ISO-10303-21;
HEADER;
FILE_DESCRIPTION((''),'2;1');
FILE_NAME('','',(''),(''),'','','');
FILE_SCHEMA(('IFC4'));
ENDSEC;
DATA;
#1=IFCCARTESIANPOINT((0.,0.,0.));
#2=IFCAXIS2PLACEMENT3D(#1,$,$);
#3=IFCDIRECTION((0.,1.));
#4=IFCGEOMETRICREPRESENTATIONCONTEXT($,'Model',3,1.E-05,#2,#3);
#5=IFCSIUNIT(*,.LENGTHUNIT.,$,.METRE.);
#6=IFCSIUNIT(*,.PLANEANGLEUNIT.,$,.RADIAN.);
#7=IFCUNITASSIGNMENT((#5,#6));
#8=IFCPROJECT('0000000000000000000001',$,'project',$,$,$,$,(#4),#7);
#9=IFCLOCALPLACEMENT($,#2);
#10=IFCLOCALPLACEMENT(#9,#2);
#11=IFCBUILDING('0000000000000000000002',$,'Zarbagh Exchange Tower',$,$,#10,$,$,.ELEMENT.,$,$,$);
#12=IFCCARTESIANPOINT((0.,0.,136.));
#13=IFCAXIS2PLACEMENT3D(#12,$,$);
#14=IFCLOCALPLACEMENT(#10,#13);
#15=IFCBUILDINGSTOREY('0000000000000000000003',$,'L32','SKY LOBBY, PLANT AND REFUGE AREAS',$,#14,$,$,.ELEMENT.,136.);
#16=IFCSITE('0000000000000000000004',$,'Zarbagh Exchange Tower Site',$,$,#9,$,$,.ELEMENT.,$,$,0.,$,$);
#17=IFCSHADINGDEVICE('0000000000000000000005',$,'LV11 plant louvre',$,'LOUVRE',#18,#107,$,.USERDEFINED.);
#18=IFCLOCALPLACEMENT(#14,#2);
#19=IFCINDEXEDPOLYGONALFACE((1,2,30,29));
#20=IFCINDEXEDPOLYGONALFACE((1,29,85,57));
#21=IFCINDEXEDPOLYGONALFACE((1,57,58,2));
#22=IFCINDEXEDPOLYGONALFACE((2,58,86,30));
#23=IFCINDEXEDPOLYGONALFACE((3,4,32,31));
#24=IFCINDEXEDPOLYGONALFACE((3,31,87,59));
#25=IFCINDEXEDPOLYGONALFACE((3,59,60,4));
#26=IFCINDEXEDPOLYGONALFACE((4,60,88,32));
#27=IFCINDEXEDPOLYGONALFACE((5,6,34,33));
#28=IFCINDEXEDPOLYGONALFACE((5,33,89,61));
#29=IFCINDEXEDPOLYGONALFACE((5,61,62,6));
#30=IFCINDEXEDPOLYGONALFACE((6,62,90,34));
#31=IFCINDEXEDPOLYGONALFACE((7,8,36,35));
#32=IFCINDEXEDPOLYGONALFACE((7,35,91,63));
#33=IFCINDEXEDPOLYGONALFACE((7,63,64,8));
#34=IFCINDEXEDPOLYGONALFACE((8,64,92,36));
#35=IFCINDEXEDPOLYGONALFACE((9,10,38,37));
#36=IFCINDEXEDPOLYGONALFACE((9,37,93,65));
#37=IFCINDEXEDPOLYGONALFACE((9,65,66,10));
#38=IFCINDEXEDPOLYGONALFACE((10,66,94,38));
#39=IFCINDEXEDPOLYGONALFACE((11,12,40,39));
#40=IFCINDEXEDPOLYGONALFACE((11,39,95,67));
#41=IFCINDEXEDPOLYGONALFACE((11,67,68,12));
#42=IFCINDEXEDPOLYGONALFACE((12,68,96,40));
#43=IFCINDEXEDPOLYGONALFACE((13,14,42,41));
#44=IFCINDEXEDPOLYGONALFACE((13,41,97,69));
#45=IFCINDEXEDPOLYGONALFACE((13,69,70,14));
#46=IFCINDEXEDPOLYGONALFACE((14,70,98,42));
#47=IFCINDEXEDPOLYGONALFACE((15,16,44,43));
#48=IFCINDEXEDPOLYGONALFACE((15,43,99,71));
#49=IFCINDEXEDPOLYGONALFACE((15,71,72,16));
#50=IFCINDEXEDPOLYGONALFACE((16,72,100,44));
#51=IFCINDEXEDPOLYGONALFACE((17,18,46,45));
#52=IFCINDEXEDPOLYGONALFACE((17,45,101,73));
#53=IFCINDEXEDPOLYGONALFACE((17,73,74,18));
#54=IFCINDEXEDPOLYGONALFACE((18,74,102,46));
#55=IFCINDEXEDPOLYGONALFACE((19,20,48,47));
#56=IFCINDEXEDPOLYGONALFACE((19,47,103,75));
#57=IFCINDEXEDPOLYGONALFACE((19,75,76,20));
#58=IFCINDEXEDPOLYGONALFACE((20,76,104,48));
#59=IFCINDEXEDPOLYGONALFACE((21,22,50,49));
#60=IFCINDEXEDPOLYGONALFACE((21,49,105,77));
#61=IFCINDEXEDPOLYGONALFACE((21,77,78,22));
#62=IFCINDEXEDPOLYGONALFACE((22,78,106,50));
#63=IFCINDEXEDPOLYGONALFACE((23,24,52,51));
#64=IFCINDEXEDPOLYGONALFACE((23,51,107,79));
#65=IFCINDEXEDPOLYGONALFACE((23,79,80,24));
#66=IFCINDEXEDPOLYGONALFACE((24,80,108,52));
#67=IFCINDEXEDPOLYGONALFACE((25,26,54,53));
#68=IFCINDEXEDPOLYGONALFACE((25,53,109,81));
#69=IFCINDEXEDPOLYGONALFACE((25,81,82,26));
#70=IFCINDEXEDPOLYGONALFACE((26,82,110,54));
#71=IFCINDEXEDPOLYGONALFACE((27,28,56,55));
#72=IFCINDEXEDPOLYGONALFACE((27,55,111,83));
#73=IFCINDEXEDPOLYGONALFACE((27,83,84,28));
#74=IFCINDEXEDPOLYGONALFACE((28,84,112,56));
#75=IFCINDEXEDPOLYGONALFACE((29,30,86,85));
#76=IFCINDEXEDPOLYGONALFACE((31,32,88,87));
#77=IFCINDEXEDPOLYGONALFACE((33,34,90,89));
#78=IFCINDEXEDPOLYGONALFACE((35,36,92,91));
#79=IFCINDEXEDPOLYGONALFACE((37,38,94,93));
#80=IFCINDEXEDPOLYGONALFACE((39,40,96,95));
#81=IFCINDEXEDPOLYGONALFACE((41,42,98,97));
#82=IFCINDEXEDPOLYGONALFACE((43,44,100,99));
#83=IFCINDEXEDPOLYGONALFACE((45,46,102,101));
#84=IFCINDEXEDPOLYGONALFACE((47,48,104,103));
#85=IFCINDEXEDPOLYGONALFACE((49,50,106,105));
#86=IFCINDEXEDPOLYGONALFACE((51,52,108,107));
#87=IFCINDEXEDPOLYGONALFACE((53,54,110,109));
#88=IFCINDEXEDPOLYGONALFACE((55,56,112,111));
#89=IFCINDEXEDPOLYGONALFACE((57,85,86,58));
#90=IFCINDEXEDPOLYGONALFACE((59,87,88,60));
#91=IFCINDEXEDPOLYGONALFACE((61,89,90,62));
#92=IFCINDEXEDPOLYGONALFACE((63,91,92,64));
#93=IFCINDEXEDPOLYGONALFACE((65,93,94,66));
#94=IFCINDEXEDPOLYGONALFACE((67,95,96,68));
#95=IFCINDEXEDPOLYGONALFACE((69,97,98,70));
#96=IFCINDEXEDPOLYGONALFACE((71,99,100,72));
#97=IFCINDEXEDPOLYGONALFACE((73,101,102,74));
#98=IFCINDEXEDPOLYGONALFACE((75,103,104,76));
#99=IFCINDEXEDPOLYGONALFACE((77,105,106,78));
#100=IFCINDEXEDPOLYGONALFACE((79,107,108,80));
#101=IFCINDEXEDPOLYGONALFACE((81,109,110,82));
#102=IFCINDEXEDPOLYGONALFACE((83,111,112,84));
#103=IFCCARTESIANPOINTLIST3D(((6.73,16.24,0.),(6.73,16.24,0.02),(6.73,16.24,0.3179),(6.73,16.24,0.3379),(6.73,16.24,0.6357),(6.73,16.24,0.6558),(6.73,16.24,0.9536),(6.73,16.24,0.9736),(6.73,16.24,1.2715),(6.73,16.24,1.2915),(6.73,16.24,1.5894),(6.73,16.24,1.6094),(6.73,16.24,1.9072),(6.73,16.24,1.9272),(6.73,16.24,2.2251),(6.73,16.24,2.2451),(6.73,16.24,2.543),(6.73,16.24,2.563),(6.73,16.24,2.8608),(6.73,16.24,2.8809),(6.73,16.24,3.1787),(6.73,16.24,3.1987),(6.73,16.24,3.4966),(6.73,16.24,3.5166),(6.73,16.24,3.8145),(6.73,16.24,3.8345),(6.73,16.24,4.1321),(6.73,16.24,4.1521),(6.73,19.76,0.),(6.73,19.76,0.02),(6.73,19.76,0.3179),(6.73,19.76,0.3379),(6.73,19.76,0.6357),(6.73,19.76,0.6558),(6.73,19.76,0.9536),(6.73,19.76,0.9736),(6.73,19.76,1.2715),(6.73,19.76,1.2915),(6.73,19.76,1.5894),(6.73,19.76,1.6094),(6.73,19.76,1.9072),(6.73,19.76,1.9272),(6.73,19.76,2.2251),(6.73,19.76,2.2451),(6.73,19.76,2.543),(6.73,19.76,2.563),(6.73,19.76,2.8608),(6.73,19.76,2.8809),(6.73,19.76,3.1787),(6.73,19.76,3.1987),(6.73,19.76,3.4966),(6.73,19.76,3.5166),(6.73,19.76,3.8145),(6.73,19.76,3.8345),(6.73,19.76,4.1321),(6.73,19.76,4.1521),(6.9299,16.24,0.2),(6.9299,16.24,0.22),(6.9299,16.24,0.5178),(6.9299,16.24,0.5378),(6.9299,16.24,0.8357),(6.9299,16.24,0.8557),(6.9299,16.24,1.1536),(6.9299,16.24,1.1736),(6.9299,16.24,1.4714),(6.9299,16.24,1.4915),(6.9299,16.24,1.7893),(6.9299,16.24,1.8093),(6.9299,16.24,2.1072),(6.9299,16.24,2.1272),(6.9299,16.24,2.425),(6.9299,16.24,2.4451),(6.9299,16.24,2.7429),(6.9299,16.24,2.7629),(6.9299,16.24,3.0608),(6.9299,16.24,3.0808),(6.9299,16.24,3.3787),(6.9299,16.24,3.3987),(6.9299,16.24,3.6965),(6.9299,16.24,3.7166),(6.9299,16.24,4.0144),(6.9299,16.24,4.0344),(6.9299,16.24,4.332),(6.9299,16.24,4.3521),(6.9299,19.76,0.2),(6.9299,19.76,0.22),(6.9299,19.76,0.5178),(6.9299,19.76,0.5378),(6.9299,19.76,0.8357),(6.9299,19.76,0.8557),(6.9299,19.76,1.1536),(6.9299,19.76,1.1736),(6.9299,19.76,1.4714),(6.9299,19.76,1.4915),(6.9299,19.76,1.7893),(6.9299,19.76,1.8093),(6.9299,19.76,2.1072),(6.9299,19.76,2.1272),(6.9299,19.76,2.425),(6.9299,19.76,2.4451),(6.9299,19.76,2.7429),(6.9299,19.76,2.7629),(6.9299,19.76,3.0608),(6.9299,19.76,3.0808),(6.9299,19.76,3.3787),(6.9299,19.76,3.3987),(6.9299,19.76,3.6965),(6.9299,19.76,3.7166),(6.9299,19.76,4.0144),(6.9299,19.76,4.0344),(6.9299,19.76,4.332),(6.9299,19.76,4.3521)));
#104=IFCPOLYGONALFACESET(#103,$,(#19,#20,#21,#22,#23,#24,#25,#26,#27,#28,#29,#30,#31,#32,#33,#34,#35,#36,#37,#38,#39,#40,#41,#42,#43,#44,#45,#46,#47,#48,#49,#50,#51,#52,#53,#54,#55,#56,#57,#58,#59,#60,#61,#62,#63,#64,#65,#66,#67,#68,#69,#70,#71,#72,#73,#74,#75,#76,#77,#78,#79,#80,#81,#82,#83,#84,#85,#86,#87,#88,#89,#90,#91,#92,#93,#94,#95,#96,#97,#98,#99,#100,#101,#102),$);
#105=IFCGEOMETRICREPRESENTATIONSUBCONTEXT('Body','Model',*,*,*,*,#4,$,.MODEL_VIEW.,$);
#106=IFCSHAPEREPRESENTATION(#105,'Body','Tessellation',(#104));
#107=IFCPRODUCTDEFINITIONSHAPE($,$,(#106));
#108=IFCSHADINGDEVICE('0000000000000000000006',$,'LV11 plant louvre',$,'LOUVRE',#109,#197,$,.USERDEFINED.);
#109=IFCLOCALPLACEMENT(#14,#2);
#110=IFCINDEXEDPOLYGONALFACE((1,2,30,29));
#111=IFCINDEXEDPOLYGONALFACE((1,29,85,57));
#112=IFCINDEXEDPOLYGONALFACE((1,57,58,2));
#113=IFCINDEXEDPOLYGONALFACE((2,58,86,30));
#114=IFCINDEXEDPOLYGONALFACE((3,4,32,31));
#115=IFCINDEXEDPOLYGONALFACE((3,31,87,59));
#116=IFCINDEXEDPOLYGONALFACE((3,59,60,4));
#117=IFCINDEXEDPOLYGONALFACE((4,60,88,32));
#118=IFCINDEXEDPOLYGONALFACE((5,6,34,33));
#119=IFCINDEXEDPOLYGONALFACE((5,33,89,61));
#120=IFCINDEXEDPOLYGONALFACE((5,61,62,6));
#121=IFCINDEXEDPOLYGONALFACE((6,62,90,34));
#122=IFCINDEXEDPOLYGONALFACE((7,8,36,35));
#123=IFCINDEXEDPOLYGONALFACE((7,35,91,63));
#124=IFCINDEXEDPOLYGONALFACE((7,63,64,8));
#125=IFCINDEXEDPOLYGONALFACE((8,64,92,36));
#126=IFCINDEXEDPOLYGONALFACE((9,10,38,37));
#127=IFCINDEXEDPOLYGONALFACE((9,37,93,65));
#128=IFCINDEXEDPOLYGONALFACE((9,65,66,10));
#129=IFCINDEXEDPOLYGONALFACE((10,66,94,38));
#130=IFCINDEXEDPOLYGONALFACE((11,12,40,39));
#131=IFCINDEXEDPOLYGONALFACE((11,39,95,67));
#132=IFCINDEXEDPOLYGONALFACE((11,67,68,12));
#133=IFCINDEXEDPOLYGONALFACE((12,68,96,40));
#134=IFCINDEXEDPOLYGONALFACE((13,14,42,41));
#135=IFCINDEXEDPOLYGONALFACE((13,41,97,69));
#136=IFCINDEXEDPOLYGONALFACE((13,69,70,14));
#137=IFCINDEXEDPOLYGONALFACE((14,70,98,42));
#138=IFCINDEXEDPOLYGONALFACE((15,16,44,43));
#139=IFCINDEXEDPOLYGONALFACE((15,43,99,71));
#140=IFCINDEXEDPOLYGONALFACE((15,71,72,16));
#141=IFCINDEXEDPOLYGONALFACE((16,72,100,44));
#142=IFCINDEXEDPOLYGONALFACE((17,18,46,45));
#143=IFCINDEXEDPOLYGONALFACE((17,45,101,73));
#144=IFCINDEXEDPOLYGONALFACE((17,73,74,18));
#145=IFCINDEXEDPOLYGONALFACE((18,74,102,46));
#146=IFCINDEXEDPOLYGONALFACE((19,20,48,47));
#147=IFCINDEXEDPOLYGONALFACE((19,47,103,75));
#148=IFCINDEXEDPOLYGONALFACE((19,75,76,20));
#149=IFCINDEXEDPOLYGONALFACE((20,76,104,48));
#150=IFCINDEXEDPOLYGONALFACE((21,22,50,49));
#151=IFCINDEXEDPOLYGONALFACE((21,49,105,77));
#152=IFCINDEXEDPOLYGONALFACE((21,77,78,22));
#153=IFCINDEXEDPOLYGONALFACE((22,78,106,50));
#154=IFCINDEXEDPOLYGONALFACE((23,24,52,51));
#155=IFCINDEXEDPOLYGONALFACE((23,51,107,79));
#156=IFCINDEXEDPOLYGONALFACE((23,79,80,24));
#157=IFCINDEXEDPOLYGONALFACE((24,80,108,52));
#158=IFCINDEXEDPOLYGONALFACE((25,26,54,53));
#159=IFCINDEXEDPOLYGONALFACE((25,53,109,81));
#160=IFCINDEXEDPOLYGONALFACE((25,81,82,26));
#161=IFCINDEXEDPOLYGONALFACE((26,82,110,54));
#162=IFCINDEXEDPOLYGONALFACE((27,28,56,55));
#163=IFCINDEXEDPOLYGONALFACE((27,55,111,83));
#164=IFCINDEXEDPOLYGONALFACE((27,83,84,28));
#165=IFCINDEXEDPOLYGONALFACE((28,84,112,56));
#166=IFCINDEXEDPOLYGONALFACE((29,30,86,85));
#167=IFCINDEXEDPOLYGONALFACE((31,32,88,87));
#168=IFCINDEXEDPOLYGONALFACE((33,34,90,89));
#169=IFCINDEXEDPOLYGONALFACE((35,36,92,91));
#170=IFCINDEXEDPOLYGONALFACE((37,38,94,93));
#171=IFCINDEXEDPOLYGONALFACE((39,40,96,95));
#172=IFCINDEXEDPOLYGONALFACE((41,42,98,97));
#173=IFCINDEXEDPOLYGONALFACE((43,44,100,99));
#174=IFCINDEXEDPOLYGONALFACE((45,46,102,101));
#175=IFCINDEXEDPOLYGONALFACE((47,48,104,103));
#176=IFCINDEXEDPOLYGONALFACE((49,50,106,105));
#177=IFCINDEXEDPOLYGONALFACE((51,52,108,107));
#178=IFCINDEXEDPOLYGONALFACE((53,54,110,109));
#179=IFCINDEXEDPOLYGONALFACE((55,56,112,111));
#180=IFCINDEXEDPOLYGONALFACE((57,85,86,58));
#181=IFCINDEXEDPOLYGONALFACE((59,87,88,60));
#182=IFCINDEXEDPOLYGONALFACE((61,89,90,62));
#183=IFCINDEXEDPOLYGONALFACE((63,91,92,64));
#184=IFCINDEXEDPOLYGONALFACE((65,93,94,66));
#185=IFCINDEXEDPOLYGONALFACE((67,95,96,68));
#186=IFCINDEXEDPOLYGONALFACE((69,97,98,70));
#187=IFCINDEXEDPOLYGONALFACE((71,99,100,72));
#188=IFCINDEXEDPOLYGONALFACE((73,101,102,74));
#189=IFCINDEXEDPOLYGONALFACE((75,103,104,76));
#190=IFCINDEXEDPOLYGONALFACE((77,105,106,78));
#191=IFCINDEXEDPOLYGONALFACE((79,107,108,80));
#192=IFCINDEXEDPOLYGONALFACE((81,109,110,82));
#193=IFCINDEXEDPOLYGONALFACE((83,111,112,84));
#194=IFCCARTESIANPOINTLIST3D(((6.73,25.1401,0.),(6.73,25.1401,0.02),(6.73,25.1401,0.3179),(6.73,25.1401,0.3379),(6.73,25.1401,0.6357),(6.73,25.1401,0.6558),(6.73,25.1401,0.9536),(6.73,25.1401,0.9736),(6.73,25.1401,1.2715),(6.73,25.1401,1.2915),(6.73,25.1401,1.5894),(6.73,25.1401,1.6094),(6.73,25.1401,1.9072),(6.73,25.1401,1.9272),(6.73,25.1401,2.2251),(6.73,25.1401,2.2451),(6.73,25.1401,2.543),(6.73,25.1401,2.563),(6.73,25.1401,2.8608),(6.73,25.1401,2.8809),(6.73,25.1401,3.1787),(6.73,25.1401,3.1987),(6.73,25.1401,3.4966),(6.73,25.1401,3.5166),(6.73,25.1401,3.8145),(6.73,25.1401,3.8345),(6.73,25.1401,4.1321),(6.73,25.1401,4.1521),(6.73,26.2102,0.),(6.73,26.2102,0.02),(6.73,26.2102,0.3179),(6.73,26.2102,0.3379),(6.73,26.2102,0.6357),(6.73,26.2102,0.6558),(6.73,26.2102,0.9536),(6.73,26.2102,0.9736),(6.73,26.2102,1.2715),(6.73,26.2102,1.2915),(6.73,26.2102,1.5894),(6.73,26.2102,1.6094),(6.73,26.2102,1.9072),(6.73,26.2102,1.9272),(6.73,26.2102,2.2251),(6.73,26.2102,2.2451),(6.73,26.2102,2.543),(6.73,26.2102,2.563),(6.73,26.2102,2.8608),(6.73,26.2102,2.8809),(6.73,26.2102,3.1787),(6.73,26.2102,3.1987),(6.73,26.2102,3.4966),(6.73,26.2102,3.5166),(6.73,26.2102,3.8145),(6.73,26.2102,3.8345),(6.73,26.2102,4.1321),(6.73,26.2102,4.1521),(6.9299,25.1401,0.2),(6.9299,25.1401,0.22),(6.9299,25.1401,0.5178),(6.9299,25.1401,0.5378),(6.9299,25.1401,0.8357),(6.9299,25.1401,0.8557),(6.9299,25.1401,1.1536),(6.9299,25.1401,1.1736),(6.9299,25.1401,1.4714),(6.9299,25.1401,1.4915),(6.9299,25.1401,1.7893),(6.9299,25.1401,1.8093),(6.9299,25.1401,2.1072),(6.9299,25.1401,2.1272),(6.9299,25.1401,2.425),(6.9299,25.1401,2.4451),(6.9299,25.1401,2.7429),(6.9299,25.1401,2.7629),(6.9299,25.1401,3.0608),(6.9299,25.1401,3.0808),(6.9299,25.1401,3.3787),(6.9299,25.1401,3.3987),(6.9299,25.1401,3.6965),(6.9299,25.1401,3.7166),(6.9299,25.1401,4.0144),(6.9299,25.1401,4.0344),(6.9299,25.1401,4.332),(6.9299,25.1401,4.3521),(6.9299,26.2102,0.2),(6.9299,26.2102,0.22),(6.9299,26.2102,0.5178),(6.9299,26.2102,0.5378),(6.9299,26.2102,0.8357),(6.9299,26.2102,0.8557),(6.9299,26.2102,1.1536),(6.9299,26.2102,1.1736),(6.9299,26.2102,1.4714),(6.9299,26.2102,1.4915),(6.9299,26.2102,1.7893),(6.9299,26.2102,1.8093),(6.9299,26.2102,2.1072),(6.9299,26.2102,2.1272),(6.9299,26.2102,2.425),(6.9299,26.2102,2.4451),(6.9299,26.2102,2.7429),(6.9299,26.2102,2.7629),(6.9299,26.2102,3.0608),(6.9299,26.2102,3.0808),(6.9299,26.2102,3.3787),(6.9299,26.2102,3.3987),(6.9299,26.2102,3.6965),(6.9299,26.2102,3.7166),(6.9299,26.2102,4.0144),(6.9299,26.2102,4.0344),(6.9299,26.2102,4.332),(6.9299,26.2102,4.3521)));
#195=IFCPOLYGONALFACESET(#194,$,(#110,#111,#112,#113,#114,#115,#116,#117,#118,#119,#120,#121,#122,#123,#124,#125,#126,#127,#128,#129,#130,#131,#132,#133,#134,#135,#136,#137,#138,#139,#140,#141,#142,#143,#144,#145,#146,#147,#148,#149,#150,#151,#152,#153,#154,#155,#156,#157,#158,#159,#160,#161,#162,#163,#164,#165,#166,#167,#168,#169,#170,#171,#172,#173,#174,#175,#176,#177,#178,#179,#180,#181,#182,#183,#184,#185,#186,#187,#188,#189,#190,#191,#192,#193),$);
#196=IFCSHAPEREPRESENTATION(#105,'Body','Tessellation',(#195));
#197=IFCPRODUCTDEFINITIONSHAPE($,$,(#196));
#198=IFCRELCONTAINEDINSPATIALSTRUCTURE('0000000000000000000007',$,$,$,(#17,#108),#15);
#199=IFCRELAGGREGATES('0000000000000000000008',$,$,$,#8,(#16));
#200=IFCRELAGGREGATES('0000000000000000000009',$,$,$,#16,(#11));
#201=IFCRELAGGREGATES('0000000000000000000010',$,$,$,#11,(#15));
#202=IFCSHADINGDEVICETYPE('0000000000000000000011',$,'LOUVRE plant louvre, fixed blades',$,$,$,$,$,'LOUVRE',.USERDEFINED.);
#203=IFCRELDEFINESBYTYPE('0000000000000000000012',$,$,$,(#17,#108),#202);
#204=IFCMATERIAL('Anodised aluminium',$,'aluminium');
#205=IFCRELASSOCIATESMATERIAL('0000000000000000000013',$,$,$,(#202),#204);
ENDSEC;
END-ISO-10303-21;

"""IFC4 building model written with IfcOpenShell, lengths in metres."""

from ifc_helpers import new_model, si_unit, direction, frame, origin, place, context, subcontext, project, spatial, polyline, outline, extrude, source, transform, mapped, material, type_object, element, save


model = new_model("IFC4")

# Units and contexts
model_context = context("Model", 3, precision=1e-05, world=origin(), true_north=direction((0.0, 1.0)))
body_context = subcontext(model_context, "Body", "Model", "MODEL_VIEW")
ifc_project = project(units=[si_unit("LENGTHUNIT", "METRE"), si_unit("PLANEANGLEUNIT", "RADIAN")], contexts=[model_context])

# Site, building, storey
site_placement = place(None, origin())
site = spatial("IfcSite", under=ifc_project, at=site_placement, Name="Zarbagh Exchange Tower Site", CompositionType="ELEMENT", RefElevation=0.0)
building_placement = place(site_placement, origin())
building = spatial("IfcBuilding", under=site, at=building_placement, Name="Zarbagh Exchange Tower", CompositionType="ELEMENT")
storey_placement = place(building_placement, frame((0.0, 0.0, 136.0)))
storey = spatial("IfcBuildingStorey", under=building, at=storey_placement, Name="L32", Description="SKY LOBBY, PLANT AND REFUGE AREAS", CompositionType="ELEMENT", Elevation=136.0)

# Shared definitions
placement = place(storey_placement, origin())

# Shading device
ifc_material_1 = material(Name="Anodised aluminium", Category="aluminium")
shading_device_type = type_object("IfcShadingDeviceType", Name="LOUVRE plant louvre, fixed blades", ElementType="LOUVRE", PredefinedType="USERDEFINED", material=ifc_material_1)
shared_shape_1 = source(origin(), body_context, "Body", "SweptSolid", [
    extrude(outline(polyline([(0.0, 0.2), (0.2, 0.0), (0.2, -0.02), (0.0, 0.1799), (0.0, 0.2)])), origin(), (0.0, 0.0, 1.0), 3.52),
])
element("IfcShadingDevice", 1, at=placement, inside=storey, type_object=shading_device_type, Name="LV11 plant louvre", ObjectType="LOUVRE", PredefinedType="USERDEFINED", context=body_context, shape_type="MappedRepresentation", body=[
    mapped(shared_shape_1, transform((6.73, 16.24, 0.2), x_axis=(1.0, 0.0, 0.0), y_axis=(0.0, 0.0, -1.0), z_axis=(0.0, 1.0, 0.0))),
    mapped(shared_shape_1, transform((6.73, 16.24, 0.5178), x_axis=(1.0, 0.0, 0.0), y_axis=(0.0, 0.0, -1.0), z_axis=(0.0, 1.0, 0.0))),
    mapped(shared_shape_1, transform((6.73, 16.24, 0.8357), x_axis=(1.0, 0.0, 0.0), y_axis=(0.0, 0.0, -1.0), z_axis=(0.0, 1.0, 0.0))),
    mapped(shared_shape_1, transform((6.73, 16.24, 1.1536), x_axis=(1.0, 0.0, 0.0), y_axis=(0.0, 0.0, -1.0), z_axis=(0.0, 1.0, 0.0))),
    mapped(shared_shape_1, transform((6.73, 16.24, 1.4714), x_axis=(1.0, 0.0, 0.0), y_axis=(0.0, 0.0, -1.0), z_axis=(0.0, 1.0, 0.0))),
    mapped(shared_shape_1, transform((6.73, 16.24, 1.7893), x_axis=(1.0, 0.0, 0.0), y_axis=(0.0, 0.0, -1.0), z_axis=(0.0, 1.0, 0.0))),
    mapped(shared_shape_1, transform((6.73, 16.24, 2.1072), x_axis=(1.0, 0.0, 0.0), y_axis=(0.0, 0.0, -1.0), z_axis=(0.0, 1.0, 0.0))),
    mapped(shared_shape_1, transform((6.73, 16.24, 2.425), x_axis=(1.0, 0.0, 0.0), y_axis=(0.0, 0.0, -1.0), z_axis=(0.0, 1.0, 0.0))),
    mapped(shared_shape_1, transform((6.73, 16.24, 2.7429), x_axis=(1.0, 0.0, 0.0), y_axis=(0.0, 0.0, -1.0), z_axis=(0.0, 1.0, 0.0))),
    mapped(shared_shape_1, transform((6.73, 16.24, 3.0608), x_axis=(1.0, 0.0, 0.0), y_axis=(0.0, 0.0, -1.0), z_axis=(0.0, 1.0, 0.0))),
    mapped(shared_shape_1, transform((6.73, 16.24, 3.3787), x_axis=(1.0, 0.0, 0.0), y_axis=(0.0, 0.0, -1.0), z_axis=(0.0, 1.0, 0.0))),
    mapped(shared_shape_1, transform((6.73, 16.24, 3.6965), x_axis=(1.0, 0.0, 0.0), y_axis=(0.0, 0.0, -1.0), z_axis=(0.0, 1.0, 0.0))),
    mapped(shared_shape_1, transform((6.73, 16.24, 4.0144), x_axis=(1.0, 0.0, 0.0), y_axis=(0.0, 0.0, -1.0), z_axis=(0.0, 1.0, 0.0))),
    mapped(shared_shape_1, transform((6.73, 16.24, 4.332), x_axis=(1.0, 0.0, 0.0), y_axis=(0.0, 0.0, -1.0), z_axis=(0.0, 1.0, 0.0))),
])

# Shading device
shared_shape_2 = source(origin(), body_context, "Body", "SweptSolid", [
    extrude(outline(polyline([(0.0, 0.2), (0.2, 0.0), (0.2, -0.02), (0.0, 0.1799), (0.0, 0.2)])), origin(), (0.0, 0.0, 1.0), 1.0701),
])
element("IfcShadingDevice", 2, at=placement, inside=storey, type_object=shading_device_type, Name="LV11 plant louvre", ObjectType="LOUVRE", PredefinedType="USERDEFINED", context=body_context, shape_type="MappedRepresentation", body=[
    mapped(shared_shape_2, transform((6.73, 25.1401, 0.2), x_axis=(1.0, 0.0, 0.0), y_axis=(0.0, 0.0, -1.0), z_axis=(0.0, 1.0, 0.0))),
    mapped(shared_shape_2, transform((6.73, 25.1401, 0.5178), x_axis=(1.0, 0.0, 0.0), y_axis=(0.0, 0.0, -1.0), z_axis=(0.0, 1.0, 0.0))),
    mapped(shared_shape_2, transform((6.73, 25.1401, 0.8357), x_axis=(1.0, 0.0, 0.0), y_axis=(0.0, 0.0, -1.0), z_axis=(0.0, 1.0, 0.0))),
    mapped(shared_shape_2, transform((6.73, 25.1401, 1.1536), x_axis=(1.0, 0.0, 0.0), y_axis=(0.0, 0.0, -1.0), z_axis=(0.0, 1.0, 0.0))),
    mapped(shared_shape_2, transform((6.73, 25.1401, 1.4714), x_axis=(1.0, 0.0, 0.0), y_axis=(0.0, 0.0, -1.0), z_axis=(0.0, 1.0, 0.0))),
    mapped(shared_shape_2, transform((6.73, 25.1401, 1.7893), x_axis=(1.0, 0.0, 0.0), y_axis=(0.0, 0.0, -1.0), z_axis=(0.0, 1.0, 0.0))),
    mapped(shared_shape_2, transform((6.73, 25.1401, 2.1072), x_axis=(1.0, 0.0, 0.0), y_axis=(0.0, 0.0, -1.0), z_axis=(0.0, 1.0, 0.0))),
    mapped(shared_shape_2, transform((6.73, 25.1401, 2.425), x_axis=(1.0, 0.0, 0.0), y_axis=(0.0, 0.0, -1.0), z_axis=(0.0, 1.0, 0.0))),
    mapped(shared_shape_2, transform((6.73, 25.1401, 2.7429), x_axis=(1.0, 0.0, 0.0), y_axis=(0.0, 0.0, -1.0), z_axis=(0.0, 1.0, 0.0))),
    mapped(shared_shape_2, transform((6.73, 25.1401, 3.0608), x_axis=(1.0, 0.0, 0.0), y_axis=(0.0, 0.0, -1.0), z_axis=(0.0, 1.0, 0.0))),
    mapped(shared_shape_2, transform((6.73, 25.1401, 3.3787), x_axis=(1.0, 0.0, 0.0), y_axis=(0.0, 0.0, -1.0), z_axis=(0.0, 1.0, 0.0))),
    mapped(shared_shape_2, transform((6.73, 25.1401, 3.6965), x_axis=(1.0, 0.0, 0.0), y_axis=(0.0, 0.0, -1.0), z_axis=(0.0, 1.0, 0.0))),
    mapped(shared_shape_2, transform((6.73, 25.1401, 4.0144), x_axis=(1.0, 0.0, 0.0), y_axis=(0.0, 0.0, -1.0), z_axis=(0.0, 1.0, 0.0))),
    mapped(shared_shape_2, transform((6.73, 25.1401, 4.332), x_axis=(1.0, 0.0, 0.0), y_axis=(0.0, 0.0, -1.0), z_axis=(0.0, 1.0, 0.0))),
])

save(model, "model.ifc")
